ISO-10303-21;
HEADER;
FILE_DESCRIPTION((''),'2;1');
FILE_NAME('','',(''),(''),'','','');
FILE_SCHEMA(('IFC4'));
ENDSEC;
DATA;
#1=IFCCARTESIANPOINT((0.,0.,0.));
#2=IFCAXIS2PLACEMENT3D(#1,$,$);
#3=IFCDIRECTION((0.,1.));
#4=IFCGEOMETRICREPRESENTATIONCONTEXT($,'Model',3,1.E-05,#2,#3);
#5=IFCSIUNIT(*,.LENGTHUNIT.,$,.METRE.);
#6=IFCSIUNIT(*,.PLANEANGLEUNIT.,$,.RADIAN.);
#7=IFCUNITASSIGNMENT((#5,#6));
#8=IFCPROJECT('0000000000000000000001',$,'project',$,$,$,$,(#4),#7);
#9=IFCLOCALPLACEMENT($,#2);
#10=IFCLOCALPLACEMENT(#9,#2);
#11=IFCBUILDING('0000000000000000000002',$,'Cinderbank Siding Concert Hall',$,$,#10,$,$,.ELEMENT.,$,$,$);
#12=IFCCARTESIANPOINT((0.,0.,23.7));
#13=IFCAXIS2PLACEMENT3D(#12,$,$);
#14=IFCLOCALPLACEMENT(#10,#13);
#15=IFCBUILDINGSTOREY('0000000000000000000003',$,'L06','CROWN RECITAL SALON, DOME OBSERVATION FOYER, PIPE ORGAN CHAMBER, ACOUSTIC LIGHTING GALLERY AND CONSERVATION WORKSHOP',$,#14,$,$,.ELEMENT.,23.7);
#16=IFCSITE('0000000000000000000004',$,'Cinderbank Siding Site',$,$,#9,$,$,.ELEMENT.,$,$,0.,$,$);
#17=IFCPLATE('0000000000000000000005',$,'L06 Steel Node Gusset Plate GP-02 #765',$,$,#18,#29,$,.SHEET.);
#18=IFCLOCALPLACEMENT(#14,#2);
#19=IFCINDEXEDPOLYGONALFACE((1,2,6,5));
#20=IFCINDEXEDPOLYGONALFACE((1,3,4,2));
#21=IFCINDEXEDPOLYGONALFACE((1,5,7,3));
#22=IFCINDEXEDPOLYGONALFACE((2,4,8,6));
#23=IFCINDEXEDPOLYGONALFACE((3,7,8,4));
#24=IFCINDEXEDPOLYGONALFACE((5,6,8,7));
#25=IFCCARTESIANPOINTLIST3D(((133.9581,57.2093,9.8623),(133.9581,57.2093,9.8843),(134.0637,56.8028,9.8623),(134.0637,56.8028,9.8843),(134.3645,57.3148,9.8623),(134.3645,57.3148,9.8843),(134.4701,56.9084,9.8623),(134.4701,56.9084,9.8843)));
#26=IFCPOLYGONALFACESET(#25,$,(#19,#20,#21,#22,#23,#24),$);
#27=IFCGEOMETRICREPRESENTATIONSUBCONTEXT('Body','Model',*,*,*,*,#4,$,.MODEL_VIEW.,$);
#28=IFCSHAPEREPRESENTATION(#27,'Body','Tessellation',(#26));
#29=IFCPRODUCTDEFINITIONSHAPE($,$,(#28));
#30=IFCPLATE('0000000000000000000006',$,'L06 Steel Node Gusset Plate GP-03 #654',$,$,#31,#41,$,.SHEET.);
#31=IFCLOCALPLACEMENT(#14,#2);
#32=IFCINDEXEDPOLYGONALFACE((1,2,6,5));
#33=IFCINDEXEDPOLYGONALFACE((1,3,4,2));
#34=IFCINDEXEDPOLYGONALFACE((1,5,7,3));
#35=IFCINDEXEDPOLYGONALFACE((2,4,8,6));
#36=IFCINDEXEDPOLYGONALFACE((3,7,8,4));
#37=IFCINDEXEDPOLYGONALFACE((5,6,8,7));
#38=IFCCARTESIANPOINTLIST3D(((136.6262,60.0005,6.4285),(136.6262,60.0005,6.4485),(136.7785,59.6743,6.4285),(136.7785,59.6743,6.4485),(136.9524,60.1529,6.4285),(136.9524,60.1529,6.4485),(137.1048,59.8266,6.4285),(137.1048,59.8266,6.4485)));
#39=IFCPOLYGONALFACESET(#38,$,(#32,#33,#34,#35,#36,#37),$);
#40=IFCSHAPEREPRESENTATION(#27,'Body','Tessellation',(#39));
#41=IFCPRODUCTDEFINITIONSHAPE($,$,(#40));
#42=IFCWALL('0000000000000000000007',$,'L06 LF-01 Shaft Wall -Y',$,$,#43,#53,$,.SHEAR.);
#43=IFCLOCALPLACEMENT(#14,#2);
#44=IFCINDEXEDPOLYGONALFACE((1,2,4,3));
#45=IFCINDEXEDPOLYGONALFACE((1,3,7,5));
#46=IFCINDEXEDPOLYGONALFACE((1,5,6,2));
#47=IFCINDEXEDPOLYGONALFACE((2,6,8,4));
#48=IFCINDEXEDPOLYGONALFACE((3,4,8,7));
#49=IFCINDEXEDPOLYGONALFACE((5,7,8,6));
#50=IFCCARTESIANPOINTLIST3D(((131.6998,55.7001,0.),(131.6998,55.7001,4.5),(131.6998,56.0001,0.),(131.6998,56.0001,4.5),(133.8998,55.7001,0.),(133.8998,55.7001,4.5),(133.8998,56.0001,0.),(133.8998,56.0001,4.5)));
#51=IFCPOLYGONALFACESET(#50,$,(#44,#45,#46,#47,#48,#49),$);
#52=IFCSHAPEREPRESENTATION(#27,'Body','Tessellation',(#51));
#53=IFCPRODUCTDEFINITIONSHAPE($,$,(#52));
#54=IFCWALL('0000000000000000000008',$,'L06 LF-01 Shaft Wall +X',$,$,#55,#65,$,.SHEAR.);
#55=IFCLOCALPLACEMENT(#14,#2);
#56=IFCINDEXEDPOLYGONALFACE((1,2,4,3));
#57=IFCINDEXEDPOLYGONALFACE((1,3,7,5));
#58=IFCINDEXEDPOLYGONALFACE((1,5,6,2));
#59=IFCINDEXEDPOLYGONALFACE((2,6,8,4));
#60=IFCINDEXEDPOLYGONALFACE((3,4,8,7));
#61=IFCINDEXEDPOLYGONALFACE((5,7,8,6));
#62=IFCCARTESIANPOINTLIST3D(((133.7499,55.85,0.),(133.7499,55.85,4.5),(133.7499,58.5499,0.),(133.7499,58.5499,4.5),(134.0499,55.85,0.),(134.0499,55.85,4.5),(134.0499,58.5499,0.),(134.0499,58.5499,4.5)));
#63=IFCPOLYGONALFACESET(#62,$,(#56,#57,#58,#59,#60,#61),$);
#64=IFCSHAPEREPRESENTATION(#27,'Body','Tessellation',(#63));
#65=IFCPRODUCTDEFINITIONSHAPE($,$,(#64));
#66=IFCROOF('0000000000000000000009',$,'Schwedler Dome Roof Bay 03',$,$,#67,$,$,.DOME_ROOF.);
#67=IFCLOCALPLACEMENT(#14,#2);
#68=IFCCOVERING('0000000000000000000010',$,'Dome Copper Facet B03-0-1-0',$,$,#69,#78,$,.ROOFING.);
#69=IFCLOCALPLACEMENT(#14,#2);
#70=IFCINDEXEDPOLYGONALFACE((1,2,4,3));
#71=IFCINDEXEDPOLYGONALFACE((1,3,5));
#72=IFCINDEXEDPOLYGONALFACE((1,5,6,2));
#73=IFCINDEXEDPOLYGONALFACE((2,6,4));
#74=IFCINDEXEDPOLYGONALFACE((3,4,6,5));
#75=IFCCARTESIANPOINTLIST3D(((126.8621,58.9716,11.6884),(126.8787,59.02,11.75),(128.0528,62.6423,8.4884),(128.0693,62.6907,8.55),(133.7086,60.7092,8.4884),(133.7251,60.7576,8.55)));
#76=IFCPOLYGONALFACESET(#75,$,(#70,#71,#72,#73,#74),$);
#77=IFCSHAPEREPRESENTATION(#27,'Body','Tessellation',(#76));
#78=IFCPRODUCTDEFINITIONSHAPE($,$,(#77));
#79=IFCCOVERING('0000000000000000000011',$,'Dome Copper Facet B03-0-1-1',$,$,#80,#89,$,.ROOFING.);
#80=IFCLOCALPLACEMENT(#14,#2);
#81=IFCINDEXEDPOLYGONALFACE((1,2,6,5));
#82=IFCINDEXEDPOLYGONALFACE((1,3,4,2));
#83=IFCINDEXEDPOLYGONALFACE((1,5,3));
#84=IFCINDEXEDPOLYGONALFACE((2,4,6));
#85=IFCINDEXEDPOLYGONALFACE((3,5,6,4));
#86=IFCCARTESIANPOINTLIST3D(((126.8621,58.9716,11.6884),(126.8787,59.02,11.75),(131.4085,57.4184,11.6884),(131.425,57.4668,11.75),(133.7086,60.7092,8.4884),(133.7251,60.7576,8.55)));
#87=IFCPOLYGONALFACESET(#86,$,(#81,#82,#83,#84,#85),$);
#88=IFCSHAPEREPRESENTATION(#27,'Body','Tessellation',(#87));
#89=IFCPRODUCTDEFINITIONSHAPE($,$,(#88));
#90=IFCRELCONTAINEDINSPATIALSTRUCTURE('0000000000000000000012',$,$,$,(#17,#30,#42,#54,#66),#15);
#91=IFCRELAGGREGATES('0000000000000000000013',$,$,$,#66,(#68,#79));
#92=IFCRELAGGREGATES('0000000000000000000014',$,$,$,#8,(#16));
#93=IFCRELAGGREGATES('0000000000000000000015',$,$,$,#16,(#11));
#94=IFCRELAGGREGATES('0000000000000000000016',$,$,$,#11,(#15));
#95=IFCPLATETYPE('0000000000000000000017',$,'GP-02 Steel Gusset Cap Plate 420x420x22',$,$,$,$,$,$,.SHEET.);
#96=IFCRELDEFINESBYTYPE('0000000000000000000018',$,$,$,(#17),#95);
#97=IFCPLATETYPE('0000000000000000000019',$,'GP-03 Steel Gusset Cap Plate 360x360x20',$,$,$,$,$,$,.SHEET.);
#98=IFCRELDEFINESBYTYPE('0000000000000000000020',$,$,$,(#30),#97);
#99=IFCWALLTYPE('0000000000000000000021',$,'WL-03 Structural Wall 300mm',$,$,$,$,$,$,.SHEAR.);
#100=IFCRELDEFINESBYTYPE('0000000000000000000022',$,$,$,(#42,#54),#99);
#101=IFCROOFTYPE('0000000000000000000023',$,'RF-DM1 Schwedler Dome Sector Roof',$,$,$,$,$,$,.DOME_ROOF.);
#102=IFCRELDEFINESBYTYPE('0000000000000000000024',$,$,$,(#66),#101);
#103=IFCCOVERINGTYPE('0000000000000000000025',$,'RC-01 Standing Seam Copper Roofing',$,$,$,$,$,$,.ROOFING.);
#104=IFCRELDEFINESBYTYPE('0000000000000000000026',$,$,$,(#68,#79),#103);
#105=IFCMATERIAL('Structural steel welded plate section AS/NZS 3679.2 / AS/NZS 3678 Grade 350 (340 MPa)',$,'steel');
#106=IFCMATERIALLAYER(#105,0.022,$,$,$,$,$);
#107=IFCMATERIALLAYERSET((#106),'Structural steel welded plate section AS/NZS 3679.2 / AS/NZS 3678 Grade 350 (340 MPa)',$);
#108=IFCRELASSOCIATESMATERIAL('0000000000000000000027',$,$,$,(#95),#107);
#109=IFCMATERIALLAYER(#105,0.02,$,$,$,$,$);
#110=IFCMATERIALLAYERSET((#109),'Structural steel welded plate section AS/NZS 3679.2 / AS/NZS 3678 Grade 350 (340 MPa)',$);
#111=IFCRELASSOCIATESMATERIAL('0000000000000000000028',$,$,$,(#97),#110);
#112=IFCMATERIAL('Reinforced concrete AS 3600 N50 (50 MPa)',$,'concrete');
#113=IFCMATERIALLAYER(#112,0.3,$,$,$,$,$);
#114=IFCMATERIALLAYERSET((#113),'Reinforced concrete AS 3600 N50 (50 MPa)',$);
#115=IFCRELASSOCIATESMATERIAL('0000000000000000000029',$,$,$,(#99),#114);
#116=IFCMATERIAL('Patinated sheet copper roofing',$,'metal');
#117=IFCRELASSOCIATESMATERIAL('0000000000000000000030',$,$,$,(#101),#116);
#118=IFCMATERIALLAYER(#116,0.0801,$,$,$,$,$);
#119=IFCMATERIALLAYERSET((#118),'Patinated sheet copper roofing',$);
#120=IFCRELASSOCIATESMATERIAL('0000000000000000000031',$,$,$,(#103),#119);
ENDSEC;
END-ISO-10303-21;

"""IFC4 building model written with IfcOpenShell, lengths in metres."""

from ifc_helpers import new_model, si_unit, direction, frame, frame_2d, origin, origin_2d, place, context, subcontext, project, spatial, polyline, rectangle, outline, extrude, material, layer, layer_set, type_object, element, aggregate, save


model = new_model("IFC4")

# Units and contexts
model_context = context("Model", 3, precision=1e-05, world=origin(), true_north=direction((0.0, 1.0)))
body_context = subcontext(model_context, "Body", "Model", "MODEL_VIEW")
ifc_project = project(units=[si_unit("LENGTHUNIT", "METRE"), si_unit("PLANEANGLEUNIT", "RADIAN")], contexts=[model_context])

# Site, building, storey
site_placement = place(None, origin())
site = spatial("IfcSite", under=ifc_project, at=site_placement, Name="Cinderbank Siding Site", CompositionType="ELEMENT", RefElevation=0.0)
building_placement = place(site_placement, origin())
building = spatial("IfcBuilding", under=site, at=building_placement, Name="Cinderbank Siding Concert Hall", CompositionType="ELEMENT")
storey_placement = place(building_placement, frame((0.0, 0.0, 23.7)))
storey = spatial("IfcBuildingStorey", under=building, at=storey_placement, Name="L06", Description="CROWN RECITAL SALON, DOME OBSERVATION FOYER, PIPE ORGAN CHAMBER, ACOUSTIC LIGHTING GALLERY AND CONSERVATION WORKSHOP", CompositionType="ELEMENT", Elevation=23.7)

# Shared definitions
ifc_material_1 = material(Name="Structural steel welded plate section AS/NZS 3679.2 / AS/NZS 3678 Grade 350 (340 MPa)", Category="steel")

# Plates
ifc_layer_1 = layer(ifc_material_1, 0.022)
ifc_layer_set_1 = layer_set([ifc_layer_1], Name="Structural steel welded plate section AS/NZS 3679.2 / AS/NZS 3678 Grade 350 (340 MPa)")
plate_type_1 = type_object("IfcPlateType", Name="GP-02 Steel Gusset Cap Plate 420x420x22", PredefinedType="SHEET", material=ifc_layer_set_1)
plate_1_placement = place(storey_placement, frame((134.2141, 57.0588, 9.8623), z_axis=(0.0, 0.0, 1.0), x_axis=(0.251394, -0.967885, 0.0)))
element("IfcPlate", 1, at=plate_1_placement, inside=storey, type_object=plate_type_1, Name="L06 Steel Node Gusset Plate GP-02 #765", PredefinedType="SHEET", context=body_context, shape_type="SweptSolid", body=[
    extrude(rectangle(XDim=0.4199, YDim=0.4199, at=origin_2d()), origin(), (0.0, 0.0, 1.0), 0.022),
])
ifc_layer_2 = layer(ifc_material_1, 0.02)
ifc_layer_set_2 = layer_set([ifc_layer_2], Name="Structural steel welded plate section AS/NZS 3679.2 / AS/NZS 3678 Grade 350 (340 MPa)")
plate_type_2 = type_object("IfcPlateType", Name="GP-03 Steel Gusset Cap Plate 360x360x20", PredefinedType="SHEET", material=ifc_layer_set_2)
plate_2_placement = place(storey_placement, frame((136.8655, 59.9136, 6.4285), z_axis=(0.0, 0.0, 1.0), x_axis=(0.423093, -0.906086, 0.0)))
element("IfcPlate", 2, at=plate_2_placement, inside=storey, type_object=plate_type_2, Name="L06 Steel Node Gusset Plate GP-03 #654", PredefinedType="SHEET", context=body_context, shape_type="SweptSolid", body=[
    extrude(rectangle(XDim=0.3601, YDim=0.3601, at=origin_2d()), origin(), (0.0, 0.0, 1.0), 0.02),
])

# Walls
ifc_material_2 = material(Name="Reinforced concrete AS 3600 N50 (50 MPa)", Category="concrete")
ifc_layer_3 = layer(ifc_material_2, 0.3)
ifc_layer_set_3 = layer_set([ifc_layer_3], Name="Reinforced concrete AS 3600 N50 (50 MPa)")
wall_type = type_object("IfcWallType", Name="WL-03 Structural Wall 300mm", PredefinedType="SHEAR", material=ifc_layer_set_3)
wall_1_placement = place(storey_placement, frame((133.8999, 55.8501, 0.0), z_axis=(0.0, 0.0, 1.0), x_axis=(-1.0, 0.0, 0.0)))
element("IfcWall", 3, at=wall_1_placement, inside=storey, type_object=wall_type, Name="L06 LF-01 Shaft Wall -Y", PredefinedType="SHEAR", context=body_context, shape_type="SweptSolid", body=[
    extrude(rectangle(XDim=2.2, YDim=0.3, at=frame_2d((1.1001, 0.0))), origin(), (0.0, 0.0, 1.0), 4.5),
])
wall_2_placement = place(storey_placement, frame((133.8999, 58.55, 0.0), z_axis=(0.0, 0.0, 1.0), x_axis=(0.0, -1.0, 0.0)))
element("IfcWall", 4, at=wall_2_placement, inside=storey, type_object=wall_type, Name="L06 LF-01 Shaft Wall +X", PredefinedType="SHEAR", context=body_context, shape_type="SweptSolid", body=[
    extrude(rectangle(XDim=2.7, YDim=0.3, at=frame_2d((1.3501, 0.0))), origin(), (0.0, 0.0, 1.0), 4.5),
])

# Roof, coverings
ifc_material_3 = material(Name="Patinated sheet copper roofing", Category="metal")
roof_type = type_object("IfcRoofType", Name="RF-DM1 Schwedler Dome Sector Roof", PredefinedType="DOME_ROOF", material=ifc_material_3)
roof_placement = place(storey_placement, origin())
roof = element("IfcRoof", 5, at=roof_placement, inside=storey, type_object=roof_type, Name="Schwedler Dome Roof Bay 03", PredefinedType="DOME_ROOF")
ifc_layer_4 = layer(ifc_material_3, 0.0801)
ifc_layer_set_4 = layer_set([ifc_layer_4], Name="Patinated sheet copper roofing")
covering_type = type_object("IfcCoveringType", Name="RC-01 Standing Seam Copper Roofing", PredefinedType="ROOFING", material=ifc_layer_set_4)
covering_1_placement = place(storey_placement, frame((133.7251, 60.7576, 8.55), z_axis=(0.206463, 0.604056, 0.769734), x_axis=(-0.946254, 0.323424, 0.0)))
covering_1 = element("IfcCovering", 6, at=covering_1_placement, type_object=covering_type, Name="Dome Copper Facet B03-0-1-0", PredefinedType="ROOFING", context=body_context, shape_type="SweptSolid", body=[
    extrude(outline(polyline([(0.0, 0.0), (5.977, 0.0), (5.9165, 5.0127), (0.0, 0.0)])), origin(), (0.0, 0.0, -1.0), 0.0801),
])
covering_2_placement = place(storey_placement, frame((133.7251, 60.7576, 8.55), z_axis=(0.206405, 0.604161, 0.769667), x_axis=(-0.882897, -0.224069, 0.412657)))
covering_2 = element("IfcCovering", 7, at=covering_2_placement, type_object=covering_type, Name="Dome Copper Facet B03-0-1-1", PredefinedType="ROOFING", context=body_context, shape_type="SweptSolid", body=[
    extrude(outline(polyline([(0.0, 0.0), (7.7545, 0.0), (4.0885, 3.1053), (0.0, 0.0)])), origin(), (0.0, 0.0, -1.0), 0.0801),
])
aggregate(roof, [covering_1, covering_2])

save(model, "model.ifc")
